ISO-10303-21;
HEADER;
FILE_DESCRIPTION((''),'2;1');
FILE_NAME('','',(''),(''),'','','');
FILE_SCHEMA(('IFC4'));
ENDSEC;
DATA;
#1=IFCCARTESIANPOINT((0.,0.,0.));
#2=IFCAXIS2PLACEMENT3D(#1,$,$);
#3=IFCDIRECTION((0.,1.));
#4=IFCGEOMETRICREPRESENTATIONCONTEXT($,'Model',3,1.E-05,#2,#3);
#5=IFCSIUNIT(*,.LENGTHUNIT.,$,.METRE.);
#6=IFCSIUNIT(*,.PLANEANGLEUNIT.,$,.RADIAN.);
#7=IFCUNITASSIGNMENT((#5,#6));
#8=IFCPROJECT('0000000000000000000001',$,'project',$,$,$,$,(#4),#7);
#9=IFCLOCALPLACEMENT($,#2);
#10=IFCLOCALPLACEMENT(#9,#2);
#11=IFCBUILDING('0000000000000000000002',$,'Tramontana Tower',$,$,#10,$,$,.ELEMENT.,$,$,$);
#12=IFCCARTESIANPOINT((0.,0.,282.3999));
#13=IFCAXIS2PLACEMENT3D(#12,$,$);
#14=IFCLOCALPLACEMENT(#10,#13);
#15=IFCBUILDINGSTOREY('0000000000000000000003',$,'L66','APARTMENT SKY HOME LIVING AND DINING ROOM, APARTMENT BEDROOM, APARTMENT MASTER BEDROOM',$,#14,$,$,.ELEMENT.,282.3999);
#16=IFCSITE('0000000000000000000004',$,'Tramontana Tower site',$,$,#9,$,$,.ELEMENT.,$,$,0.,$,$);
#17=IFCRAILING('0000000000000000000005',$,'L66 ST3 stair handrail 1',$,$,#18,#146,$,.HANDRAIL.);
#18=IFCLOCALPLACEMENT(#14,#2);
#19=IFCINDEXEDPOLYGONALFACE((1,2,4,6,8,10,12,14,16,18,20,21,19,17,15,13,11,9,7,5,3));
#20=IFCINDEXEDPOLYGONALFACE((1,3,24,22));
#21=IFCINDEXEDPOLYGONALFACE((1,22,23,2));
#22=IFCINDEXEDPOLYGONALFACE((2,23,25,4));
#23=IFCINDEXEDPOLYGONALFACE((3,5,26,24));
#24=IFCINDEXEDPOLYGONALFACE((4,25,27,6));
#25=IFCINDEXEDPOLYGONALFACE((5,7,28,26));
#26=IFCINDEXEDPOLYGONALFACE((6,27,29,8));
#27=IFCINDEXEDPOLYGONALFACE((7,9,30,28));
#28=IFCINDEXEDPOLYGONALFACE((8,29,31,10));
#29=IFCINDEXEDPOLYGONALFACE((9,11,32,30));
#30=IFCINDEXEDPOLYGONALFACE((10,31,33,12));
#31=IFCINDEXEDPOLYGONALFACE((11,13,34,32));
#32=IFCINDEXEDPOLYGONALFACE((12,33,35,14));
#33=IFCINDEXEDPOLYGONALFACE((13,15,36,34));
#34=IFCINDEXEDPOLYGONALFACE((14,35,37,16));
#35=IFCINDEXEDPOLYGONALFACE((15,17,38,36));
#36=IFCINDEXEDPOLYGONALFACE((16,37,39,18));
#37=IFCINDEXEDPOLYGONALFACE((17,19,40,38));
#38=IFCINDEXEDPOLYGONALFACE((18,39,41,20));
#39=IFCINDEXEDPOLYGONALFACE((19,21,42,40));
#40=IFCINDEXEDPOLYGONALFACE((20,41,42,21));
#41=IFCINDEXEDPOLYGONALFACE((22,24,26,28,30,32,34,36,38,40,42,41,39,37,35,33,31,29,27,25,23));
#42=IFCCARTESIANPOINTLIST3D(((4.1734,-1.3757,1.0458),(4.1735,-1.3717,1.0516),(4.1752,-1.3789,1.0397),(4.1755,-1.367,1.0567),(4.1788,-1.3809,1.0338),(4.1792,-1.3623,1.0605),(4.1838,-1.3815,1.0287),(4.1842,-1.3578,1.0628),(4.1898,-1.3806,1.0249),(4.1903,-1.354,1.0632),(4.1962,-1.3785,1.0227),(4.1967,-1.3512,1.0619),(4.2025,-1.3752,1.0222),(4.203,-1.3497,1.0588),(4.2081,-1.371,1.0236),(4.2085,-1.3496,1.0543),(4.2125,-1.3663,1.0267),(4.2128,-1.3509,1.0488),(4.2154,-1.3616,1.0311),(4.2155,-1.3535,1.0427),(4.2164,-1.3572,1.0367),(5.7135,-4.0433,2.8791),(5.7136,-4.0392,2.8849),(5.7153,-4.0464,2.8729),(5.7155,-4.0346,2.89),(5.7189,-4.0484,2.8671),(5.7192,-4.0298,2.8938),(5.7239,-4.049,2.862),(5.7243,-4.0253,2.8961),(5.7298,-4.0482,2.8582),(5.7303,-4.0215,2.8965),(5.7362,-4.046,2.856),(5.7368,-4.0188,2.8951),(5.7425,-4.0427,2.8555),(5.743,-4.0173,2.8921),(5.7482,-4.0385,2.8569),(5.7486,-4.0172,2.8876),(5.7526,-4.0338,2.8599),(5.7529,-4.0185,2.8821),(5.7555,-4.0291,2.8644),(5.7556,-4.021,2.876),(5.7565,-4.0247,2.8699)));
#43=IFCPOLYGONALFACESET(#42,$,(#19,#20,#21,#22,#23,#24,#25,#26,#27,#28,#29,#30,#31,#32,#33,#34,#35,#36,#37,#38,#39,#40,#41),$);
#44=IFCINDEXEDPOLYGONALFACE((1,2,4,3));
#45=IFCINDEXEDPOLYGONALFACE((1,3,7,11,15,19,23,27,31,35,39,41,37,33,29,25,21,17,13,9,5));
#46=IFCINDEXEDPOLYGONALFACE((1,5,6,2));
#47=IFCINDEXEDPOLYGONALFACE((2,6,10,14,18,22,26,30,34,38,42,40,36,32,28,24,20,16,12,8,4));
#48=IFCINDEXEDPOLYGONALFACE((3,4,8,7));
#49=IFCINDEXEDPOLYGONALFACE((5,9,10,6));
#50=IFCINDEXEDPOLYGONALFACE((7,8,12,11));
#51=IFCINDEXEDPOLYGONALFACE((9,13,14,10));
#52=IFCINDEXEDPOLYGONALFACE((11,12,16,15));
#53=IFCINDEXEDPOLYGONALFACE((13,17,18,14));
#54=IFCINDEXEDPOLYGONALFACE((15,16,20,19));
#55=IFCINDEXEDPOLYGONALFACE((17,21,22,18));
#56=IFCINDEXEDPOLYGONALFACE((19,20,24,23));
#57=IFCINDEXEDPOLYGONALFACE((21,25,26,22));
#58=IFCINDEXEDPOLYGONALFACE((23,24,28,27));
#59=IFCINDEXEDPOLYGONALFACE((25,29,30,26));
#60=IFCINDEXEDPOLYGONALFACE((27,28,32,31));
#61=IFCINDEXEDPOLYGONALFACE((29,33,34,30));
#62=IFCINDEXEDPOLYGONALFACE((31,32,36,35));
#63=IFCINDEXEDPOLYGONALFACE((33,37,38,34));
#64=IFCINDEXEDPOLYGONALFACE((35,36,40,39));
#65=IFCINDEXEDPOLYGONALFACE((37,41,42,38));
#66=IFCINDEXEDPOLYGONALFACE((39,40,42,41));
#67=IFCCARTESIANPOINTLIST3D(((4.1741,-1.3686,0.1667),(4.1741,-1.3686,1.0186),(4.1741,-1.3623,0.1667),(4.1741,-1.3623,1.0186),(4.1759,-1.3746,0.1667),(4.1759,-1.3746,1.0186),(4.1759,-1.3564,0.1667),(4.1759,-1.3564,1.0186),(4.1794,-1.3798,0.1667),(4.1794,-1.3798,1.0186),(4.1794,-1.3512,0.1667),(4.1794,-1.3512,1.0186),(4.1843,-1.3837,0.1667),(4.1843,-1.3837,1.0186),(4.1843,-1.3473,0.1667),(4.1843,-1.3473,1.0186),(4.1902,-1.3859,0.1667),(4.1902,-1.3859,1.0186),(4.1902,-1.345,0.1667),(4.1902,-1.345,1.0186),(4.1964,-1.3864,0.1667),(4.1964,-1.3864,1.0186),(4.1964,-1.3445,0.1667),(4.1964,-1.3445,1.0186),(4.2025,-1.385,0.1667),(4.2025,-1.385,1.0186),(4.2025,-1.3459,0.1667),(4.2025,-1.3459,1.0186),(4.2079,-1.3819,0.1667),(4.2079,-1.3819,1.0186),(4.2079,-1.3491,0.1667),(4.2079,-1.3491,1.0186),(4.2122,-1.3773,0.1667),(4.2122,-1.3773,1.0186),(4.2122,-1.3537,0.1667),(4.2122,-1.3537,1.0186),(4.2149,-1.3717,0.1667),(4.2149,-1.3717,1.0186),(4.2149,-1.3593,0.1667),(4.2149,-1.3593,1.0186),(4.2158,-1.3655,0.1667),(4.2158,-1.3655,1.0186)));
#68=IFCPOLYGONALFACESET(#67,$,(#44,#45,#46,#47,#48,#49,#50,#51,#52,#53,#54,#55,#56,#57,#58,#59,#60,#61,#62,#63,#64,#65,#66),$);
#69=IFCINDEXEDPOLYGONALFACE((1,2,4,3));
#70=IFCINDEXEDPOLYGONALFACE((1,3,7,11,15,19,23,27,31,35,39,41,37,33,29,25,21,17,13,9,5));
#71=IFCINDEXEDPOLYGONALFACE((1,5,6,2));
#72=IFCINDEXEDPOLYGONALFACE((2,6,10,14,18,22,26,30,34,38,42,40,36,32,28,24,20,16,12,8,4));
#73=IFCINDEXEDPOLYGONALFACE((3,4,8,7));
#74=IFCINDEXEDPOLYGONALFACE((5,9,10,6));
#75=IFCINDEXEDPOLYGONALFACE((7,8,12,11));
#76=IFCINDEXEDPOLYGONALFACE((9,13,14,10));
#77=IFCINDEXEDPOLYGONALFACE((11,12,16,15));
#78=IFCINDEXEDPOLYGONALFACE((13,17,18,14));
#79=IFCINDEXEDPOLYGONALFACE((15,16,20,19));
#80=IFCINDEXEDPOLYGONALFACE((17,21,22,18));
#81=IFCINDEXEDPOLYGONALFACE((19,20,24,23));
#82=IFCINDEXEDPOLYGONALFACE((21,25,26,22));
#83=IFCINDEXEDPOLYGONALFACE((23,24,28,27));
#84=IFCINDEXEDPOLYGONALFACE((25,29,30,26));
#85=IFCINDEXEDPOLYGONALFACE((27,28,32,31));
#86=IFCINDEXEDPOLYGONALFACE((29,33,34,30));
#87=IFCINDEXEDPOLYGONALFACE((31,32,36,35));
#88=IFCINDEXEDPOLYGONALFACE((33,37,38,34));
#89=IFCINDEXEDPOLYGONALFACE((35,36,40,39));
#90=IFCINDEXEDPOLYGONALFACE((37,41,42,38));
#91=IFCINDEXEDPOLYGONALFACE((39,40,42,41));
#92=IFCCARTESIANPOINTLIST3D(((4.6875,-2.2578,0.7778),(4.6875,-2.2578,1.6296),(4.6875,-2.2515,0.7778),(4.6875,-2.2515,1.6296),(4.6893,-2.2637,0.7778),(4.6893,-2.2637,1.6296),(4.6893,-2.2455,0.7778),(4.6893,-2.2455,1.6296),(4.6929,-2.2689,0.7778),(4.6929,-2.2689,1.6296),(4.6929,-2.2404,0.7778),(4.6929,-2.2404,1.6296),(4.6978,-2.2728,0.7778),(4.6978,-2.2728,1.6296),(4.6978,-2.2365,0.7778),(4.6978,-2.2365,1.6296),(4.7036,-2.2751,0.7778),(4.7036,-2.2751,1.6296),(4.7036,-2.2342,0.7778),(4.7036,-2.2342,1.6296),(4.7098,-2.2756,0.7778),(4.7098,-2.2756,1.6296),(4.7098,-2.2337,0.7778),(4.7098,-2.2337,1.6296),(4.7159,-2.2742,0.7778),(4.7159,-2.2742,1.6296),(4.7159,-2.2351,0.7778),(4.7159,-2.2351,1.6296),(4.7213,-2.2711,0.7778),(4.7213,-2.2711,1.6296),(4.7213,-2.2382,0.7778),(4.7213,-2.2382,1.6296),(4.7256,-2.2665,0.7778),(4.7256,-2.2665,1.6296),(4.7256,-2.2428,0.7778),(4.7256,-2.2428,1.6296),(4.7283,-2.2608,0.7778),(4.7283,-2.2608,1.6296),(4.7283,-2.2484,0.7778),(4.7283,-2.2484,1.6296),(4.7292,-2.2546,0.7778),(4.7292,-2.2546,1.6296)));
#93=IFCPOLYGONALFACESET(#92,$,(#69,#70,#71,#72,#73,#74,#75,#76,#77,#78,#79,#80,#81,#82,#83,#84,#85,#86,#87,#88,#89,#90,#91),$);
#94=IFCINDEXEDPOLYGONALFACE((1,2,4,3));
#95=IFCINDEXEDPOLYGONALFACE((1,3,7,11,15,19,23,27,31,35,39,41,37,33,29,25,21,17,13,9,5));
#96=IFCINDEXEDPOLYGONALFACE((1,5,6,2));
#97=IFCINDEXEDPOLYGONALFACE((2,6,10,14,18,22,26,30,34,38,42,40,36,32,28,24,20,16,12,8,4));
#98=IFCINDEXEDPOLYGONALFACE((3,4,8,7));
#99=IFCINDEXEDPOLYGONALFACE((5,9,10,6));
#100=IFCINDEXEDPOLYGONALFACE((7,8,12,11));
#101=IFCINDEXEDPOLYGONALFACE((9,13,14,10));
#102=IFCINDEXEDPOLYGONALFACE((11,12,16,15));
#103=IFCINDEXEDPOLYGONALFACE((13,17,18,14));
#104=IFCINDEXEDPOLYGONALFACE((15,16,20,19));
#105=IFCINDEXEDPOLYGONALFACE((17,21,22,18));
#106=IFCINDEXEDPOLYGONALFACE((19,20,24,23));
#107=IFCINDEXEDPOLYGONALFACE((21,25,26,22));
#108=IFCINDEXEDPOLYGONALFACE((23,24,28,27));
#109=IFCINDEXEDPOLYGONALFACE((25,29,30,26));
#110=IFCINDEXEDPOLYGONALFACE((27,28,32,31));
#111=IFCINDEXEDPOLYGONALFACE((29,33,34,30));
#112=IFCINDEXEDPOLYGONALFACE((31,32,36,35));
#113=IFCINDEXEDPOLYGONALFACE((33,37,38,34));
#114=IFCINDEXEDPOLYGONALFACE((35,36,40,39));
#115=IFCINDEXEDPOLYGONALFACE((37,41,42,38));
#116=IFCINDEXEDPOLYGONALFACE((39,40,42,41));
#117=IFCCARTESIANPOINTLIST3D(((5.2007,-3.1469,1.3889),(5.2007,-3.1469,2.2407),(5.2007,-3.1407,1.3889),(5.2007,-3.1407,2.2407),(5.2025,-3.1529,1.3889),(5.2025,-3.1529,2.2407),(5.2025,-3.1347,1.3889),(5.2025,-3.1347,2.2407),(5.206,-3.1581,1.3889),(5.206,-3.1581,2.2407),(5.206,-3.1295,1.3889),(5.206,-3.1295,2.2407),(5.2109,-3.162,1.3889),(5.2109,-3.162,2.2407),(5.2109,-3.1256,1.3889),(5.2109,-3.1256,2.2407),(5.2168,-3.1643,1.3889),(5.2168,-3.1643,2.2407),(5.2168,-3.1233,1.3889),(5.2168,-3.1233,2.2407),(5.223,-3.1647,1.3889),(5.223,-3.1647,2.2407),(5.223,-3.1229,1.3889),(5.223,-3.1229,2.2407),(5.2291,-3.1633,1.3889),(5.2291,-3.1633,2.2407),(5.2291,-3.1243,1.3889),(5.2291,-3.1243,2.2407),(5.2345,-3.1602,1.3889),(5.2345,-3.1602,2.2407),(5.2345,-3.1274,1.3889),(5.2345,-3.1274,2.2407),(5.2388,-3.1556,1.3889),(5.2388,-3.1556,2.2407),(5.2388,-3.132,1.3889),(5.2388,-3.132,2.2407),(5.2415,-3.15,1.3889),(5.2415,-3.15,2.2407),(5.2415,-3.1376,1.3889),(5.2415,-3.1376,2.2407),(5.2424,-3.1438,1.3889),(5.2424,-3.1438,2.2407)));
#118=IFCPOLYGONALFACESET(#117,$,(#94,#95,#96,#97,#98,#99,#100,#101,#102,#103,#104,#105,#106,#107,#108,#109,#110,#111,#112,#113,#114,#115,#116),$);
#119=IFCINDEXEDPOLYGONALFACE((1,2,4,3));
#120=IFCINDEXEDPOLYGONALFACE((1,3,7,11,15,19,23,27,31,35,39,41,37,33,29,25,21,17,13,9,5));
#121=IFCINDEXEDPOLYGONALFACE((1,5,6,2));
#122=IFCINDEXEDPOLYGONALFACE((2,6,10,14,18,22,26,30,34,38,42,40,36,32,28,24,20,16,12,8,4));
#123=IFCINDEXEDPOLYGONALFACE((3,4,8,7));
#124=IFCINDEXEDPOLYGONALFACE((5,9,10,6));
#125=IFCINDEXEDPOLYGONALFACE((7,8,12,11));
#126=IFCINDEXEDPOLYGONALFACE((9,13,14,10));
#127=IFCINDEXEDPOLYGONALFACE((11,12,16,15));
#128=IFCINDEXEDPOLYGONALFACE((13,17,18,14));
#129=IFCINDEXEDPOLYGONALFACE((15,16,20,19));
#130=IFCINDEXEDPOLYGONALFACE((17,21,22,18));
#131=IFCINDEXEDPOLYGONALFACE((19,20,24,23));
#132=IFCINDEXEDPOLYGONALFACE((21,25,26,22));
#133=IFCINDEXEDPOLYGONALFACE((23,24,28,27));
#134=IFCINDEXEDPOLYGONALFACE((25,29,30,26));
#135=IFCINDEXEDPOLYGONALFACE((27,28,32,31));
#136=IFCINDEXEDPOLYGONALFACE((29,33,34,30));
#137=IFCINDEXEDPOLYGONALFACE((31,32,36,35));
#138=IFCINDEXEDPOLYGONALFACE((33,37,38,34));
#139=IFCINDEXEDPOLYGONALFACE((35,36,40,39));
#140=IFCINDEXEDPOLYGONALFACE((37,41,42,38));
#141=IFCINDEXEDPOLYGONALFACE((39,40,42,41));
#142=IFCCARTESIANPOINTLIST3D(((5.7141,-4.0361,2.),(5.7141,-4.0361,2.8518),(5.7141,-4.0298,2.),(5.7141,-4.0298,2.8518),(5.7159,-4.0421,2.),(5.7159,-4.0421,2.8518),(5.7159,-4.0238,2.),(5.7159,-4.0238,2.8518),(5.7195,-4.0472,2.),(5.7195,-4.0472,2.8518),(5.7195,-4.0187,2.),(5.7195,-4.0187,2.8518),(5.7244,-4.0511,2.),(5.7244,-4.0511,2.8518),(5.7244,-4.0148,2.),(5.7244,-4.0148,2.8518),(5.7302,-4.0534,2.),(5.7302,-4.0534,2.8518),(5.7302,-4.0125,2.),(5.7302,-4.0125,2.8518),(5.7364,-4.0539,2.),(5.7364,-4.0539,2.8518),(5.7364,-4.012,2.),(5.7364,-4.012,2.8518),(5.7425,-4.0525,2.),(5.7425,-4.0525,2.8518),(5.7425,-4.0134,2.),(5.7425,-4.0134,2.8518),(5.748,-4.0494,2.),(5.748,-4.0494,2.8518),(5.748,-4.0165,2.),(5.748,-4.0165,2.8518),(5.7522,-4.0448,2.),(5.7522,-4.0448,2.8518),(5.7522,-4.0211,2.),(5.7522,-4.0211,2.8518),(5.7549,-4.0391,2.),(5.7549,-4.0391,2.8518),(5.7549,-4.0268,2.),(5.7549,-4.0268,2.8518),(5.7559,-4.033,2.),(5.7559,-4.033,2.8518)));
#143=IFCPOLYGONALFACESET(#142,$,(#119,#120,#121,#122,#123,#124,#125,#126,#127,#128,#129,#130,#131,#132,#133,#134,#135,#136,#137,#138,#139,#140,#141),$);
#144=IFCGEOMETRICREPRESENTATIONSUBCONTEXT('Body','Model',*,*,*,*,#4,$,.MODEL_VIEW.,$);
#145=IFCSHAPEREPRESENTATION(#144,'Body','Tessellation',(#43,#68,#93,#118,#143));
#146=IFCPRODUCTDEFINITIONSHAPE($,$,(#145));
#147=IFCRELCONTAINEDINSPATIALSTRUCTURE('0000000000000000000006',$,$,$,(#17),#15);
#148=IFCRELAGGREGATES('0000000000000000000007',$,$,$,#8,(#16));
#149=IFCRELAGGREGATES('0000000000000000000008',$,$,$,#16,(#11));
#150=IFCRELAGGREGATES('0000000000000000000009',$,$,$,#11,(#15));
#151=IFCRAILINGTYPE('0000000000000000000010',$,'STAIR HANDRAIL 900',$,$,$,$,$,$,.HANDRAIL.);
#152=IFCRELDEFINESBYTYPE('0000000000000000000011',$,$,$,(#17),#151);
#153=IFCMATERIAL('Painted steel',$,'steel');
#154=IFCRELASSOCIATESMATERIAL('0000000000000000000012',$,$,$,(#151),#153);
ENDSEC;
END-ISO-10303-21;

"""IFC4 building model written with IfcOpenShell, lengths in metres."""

from ifc_helpers import new_model, si_unit, direction, frame, origin, origin_2d, place, context, subcontext, project, spatial, circle, extrude, material, type_object, element, save


model = new_model("IFC4")

# Units and contexts
model_context = context("Model", 3, precision=1e-05, world=origin(), true_north=direction((0.0, 1.0)))
body_context = subcontext(model_context, "Body", "Model", "MODEL_VIEW")
ifc_project = project(units=[si_unit("LENGTHUNIT", "METRE"), si_unit("PLANEANGLEUNIT", "RADIAN")], contexts=[model_context])

# Site, building, storey
site_placement = place(None, origin())
site = spatial("IfcSite", under=ifc_project, at=site_placement, Name="Tramontana Tower site", CompositionType="ELEMENT", RefElevation=0.0)
building_placement = place(site_placement, origin())
building = spatial("IfcBuilding", under=site, at=building_placement, Name="Tramontana Tower", CompositionType="ELEMENT")
storey_placement = place(building_placement, frame((0.0, 0.0, 282.3999)))
storey = spatial("IfcBuildingStorey", under=building, at=storey_placement, Name="L66", Description="APARTMENT SKY HOME LIVING AND DINING ROOM, APARTMENT BEDROOM, APARTMENT MASTER BEDROOM", CompositionType="ELEMENT", Elevation=282.3999)

# Railing
ifc_material_1 = material(Name="Painted steel", Category="steel")
railing_type_1 = type_object("IfcRailingType", Name="STAIR HANDRAIL 900", PredefinedType="HANDRAIL", material=ifc_material_1)
railing_1_placement = place(storey_placement, frame((4.1948, -1.3655, 0.1667)))
element("IfcRailing", 1, at=railing_1_placement, inside=storey, type_object=railing_type_1, Name="L66 ST3 stair handrail 1", PredefinedType="HANDRAIL", context=body_context, shape_type="SweptSolid", body=[
    extrude(circle(Radius=0.0239, at=origin_2d()), frame((0.0, 0.0, 0.876), z_axis=(0.429649, -0.74419, 0.511452), x_axis=(0.86603, 0.499992, 0.0)), (0.0, 0.0, 1.0), 3.5845),
    extrude(circle(Radius=0.021, at=origin_2d()), origin(), (0.0, 0.0, 1.0), 0.8518),
    extrude(circle(Radius=0.021, at=origin_2d()), frame((0.5134, -0.8892, 0.6111)), (0.0, 0.0, 1.0), 0.8518),
    extrude(circle(Radius=0.021, at=origin_2d()), frame((1.0266, -1.7783, 1.2222)), (0.0, 0.0, 1.0), 0.8518),
    extrude(circle(Radius=0.021, at=origin_2d()), frame((1.54, -2.6675, 1.8333)), (0.0, 0.0, 1.0), 0.8518),
])

save(model, "model.ifc")
